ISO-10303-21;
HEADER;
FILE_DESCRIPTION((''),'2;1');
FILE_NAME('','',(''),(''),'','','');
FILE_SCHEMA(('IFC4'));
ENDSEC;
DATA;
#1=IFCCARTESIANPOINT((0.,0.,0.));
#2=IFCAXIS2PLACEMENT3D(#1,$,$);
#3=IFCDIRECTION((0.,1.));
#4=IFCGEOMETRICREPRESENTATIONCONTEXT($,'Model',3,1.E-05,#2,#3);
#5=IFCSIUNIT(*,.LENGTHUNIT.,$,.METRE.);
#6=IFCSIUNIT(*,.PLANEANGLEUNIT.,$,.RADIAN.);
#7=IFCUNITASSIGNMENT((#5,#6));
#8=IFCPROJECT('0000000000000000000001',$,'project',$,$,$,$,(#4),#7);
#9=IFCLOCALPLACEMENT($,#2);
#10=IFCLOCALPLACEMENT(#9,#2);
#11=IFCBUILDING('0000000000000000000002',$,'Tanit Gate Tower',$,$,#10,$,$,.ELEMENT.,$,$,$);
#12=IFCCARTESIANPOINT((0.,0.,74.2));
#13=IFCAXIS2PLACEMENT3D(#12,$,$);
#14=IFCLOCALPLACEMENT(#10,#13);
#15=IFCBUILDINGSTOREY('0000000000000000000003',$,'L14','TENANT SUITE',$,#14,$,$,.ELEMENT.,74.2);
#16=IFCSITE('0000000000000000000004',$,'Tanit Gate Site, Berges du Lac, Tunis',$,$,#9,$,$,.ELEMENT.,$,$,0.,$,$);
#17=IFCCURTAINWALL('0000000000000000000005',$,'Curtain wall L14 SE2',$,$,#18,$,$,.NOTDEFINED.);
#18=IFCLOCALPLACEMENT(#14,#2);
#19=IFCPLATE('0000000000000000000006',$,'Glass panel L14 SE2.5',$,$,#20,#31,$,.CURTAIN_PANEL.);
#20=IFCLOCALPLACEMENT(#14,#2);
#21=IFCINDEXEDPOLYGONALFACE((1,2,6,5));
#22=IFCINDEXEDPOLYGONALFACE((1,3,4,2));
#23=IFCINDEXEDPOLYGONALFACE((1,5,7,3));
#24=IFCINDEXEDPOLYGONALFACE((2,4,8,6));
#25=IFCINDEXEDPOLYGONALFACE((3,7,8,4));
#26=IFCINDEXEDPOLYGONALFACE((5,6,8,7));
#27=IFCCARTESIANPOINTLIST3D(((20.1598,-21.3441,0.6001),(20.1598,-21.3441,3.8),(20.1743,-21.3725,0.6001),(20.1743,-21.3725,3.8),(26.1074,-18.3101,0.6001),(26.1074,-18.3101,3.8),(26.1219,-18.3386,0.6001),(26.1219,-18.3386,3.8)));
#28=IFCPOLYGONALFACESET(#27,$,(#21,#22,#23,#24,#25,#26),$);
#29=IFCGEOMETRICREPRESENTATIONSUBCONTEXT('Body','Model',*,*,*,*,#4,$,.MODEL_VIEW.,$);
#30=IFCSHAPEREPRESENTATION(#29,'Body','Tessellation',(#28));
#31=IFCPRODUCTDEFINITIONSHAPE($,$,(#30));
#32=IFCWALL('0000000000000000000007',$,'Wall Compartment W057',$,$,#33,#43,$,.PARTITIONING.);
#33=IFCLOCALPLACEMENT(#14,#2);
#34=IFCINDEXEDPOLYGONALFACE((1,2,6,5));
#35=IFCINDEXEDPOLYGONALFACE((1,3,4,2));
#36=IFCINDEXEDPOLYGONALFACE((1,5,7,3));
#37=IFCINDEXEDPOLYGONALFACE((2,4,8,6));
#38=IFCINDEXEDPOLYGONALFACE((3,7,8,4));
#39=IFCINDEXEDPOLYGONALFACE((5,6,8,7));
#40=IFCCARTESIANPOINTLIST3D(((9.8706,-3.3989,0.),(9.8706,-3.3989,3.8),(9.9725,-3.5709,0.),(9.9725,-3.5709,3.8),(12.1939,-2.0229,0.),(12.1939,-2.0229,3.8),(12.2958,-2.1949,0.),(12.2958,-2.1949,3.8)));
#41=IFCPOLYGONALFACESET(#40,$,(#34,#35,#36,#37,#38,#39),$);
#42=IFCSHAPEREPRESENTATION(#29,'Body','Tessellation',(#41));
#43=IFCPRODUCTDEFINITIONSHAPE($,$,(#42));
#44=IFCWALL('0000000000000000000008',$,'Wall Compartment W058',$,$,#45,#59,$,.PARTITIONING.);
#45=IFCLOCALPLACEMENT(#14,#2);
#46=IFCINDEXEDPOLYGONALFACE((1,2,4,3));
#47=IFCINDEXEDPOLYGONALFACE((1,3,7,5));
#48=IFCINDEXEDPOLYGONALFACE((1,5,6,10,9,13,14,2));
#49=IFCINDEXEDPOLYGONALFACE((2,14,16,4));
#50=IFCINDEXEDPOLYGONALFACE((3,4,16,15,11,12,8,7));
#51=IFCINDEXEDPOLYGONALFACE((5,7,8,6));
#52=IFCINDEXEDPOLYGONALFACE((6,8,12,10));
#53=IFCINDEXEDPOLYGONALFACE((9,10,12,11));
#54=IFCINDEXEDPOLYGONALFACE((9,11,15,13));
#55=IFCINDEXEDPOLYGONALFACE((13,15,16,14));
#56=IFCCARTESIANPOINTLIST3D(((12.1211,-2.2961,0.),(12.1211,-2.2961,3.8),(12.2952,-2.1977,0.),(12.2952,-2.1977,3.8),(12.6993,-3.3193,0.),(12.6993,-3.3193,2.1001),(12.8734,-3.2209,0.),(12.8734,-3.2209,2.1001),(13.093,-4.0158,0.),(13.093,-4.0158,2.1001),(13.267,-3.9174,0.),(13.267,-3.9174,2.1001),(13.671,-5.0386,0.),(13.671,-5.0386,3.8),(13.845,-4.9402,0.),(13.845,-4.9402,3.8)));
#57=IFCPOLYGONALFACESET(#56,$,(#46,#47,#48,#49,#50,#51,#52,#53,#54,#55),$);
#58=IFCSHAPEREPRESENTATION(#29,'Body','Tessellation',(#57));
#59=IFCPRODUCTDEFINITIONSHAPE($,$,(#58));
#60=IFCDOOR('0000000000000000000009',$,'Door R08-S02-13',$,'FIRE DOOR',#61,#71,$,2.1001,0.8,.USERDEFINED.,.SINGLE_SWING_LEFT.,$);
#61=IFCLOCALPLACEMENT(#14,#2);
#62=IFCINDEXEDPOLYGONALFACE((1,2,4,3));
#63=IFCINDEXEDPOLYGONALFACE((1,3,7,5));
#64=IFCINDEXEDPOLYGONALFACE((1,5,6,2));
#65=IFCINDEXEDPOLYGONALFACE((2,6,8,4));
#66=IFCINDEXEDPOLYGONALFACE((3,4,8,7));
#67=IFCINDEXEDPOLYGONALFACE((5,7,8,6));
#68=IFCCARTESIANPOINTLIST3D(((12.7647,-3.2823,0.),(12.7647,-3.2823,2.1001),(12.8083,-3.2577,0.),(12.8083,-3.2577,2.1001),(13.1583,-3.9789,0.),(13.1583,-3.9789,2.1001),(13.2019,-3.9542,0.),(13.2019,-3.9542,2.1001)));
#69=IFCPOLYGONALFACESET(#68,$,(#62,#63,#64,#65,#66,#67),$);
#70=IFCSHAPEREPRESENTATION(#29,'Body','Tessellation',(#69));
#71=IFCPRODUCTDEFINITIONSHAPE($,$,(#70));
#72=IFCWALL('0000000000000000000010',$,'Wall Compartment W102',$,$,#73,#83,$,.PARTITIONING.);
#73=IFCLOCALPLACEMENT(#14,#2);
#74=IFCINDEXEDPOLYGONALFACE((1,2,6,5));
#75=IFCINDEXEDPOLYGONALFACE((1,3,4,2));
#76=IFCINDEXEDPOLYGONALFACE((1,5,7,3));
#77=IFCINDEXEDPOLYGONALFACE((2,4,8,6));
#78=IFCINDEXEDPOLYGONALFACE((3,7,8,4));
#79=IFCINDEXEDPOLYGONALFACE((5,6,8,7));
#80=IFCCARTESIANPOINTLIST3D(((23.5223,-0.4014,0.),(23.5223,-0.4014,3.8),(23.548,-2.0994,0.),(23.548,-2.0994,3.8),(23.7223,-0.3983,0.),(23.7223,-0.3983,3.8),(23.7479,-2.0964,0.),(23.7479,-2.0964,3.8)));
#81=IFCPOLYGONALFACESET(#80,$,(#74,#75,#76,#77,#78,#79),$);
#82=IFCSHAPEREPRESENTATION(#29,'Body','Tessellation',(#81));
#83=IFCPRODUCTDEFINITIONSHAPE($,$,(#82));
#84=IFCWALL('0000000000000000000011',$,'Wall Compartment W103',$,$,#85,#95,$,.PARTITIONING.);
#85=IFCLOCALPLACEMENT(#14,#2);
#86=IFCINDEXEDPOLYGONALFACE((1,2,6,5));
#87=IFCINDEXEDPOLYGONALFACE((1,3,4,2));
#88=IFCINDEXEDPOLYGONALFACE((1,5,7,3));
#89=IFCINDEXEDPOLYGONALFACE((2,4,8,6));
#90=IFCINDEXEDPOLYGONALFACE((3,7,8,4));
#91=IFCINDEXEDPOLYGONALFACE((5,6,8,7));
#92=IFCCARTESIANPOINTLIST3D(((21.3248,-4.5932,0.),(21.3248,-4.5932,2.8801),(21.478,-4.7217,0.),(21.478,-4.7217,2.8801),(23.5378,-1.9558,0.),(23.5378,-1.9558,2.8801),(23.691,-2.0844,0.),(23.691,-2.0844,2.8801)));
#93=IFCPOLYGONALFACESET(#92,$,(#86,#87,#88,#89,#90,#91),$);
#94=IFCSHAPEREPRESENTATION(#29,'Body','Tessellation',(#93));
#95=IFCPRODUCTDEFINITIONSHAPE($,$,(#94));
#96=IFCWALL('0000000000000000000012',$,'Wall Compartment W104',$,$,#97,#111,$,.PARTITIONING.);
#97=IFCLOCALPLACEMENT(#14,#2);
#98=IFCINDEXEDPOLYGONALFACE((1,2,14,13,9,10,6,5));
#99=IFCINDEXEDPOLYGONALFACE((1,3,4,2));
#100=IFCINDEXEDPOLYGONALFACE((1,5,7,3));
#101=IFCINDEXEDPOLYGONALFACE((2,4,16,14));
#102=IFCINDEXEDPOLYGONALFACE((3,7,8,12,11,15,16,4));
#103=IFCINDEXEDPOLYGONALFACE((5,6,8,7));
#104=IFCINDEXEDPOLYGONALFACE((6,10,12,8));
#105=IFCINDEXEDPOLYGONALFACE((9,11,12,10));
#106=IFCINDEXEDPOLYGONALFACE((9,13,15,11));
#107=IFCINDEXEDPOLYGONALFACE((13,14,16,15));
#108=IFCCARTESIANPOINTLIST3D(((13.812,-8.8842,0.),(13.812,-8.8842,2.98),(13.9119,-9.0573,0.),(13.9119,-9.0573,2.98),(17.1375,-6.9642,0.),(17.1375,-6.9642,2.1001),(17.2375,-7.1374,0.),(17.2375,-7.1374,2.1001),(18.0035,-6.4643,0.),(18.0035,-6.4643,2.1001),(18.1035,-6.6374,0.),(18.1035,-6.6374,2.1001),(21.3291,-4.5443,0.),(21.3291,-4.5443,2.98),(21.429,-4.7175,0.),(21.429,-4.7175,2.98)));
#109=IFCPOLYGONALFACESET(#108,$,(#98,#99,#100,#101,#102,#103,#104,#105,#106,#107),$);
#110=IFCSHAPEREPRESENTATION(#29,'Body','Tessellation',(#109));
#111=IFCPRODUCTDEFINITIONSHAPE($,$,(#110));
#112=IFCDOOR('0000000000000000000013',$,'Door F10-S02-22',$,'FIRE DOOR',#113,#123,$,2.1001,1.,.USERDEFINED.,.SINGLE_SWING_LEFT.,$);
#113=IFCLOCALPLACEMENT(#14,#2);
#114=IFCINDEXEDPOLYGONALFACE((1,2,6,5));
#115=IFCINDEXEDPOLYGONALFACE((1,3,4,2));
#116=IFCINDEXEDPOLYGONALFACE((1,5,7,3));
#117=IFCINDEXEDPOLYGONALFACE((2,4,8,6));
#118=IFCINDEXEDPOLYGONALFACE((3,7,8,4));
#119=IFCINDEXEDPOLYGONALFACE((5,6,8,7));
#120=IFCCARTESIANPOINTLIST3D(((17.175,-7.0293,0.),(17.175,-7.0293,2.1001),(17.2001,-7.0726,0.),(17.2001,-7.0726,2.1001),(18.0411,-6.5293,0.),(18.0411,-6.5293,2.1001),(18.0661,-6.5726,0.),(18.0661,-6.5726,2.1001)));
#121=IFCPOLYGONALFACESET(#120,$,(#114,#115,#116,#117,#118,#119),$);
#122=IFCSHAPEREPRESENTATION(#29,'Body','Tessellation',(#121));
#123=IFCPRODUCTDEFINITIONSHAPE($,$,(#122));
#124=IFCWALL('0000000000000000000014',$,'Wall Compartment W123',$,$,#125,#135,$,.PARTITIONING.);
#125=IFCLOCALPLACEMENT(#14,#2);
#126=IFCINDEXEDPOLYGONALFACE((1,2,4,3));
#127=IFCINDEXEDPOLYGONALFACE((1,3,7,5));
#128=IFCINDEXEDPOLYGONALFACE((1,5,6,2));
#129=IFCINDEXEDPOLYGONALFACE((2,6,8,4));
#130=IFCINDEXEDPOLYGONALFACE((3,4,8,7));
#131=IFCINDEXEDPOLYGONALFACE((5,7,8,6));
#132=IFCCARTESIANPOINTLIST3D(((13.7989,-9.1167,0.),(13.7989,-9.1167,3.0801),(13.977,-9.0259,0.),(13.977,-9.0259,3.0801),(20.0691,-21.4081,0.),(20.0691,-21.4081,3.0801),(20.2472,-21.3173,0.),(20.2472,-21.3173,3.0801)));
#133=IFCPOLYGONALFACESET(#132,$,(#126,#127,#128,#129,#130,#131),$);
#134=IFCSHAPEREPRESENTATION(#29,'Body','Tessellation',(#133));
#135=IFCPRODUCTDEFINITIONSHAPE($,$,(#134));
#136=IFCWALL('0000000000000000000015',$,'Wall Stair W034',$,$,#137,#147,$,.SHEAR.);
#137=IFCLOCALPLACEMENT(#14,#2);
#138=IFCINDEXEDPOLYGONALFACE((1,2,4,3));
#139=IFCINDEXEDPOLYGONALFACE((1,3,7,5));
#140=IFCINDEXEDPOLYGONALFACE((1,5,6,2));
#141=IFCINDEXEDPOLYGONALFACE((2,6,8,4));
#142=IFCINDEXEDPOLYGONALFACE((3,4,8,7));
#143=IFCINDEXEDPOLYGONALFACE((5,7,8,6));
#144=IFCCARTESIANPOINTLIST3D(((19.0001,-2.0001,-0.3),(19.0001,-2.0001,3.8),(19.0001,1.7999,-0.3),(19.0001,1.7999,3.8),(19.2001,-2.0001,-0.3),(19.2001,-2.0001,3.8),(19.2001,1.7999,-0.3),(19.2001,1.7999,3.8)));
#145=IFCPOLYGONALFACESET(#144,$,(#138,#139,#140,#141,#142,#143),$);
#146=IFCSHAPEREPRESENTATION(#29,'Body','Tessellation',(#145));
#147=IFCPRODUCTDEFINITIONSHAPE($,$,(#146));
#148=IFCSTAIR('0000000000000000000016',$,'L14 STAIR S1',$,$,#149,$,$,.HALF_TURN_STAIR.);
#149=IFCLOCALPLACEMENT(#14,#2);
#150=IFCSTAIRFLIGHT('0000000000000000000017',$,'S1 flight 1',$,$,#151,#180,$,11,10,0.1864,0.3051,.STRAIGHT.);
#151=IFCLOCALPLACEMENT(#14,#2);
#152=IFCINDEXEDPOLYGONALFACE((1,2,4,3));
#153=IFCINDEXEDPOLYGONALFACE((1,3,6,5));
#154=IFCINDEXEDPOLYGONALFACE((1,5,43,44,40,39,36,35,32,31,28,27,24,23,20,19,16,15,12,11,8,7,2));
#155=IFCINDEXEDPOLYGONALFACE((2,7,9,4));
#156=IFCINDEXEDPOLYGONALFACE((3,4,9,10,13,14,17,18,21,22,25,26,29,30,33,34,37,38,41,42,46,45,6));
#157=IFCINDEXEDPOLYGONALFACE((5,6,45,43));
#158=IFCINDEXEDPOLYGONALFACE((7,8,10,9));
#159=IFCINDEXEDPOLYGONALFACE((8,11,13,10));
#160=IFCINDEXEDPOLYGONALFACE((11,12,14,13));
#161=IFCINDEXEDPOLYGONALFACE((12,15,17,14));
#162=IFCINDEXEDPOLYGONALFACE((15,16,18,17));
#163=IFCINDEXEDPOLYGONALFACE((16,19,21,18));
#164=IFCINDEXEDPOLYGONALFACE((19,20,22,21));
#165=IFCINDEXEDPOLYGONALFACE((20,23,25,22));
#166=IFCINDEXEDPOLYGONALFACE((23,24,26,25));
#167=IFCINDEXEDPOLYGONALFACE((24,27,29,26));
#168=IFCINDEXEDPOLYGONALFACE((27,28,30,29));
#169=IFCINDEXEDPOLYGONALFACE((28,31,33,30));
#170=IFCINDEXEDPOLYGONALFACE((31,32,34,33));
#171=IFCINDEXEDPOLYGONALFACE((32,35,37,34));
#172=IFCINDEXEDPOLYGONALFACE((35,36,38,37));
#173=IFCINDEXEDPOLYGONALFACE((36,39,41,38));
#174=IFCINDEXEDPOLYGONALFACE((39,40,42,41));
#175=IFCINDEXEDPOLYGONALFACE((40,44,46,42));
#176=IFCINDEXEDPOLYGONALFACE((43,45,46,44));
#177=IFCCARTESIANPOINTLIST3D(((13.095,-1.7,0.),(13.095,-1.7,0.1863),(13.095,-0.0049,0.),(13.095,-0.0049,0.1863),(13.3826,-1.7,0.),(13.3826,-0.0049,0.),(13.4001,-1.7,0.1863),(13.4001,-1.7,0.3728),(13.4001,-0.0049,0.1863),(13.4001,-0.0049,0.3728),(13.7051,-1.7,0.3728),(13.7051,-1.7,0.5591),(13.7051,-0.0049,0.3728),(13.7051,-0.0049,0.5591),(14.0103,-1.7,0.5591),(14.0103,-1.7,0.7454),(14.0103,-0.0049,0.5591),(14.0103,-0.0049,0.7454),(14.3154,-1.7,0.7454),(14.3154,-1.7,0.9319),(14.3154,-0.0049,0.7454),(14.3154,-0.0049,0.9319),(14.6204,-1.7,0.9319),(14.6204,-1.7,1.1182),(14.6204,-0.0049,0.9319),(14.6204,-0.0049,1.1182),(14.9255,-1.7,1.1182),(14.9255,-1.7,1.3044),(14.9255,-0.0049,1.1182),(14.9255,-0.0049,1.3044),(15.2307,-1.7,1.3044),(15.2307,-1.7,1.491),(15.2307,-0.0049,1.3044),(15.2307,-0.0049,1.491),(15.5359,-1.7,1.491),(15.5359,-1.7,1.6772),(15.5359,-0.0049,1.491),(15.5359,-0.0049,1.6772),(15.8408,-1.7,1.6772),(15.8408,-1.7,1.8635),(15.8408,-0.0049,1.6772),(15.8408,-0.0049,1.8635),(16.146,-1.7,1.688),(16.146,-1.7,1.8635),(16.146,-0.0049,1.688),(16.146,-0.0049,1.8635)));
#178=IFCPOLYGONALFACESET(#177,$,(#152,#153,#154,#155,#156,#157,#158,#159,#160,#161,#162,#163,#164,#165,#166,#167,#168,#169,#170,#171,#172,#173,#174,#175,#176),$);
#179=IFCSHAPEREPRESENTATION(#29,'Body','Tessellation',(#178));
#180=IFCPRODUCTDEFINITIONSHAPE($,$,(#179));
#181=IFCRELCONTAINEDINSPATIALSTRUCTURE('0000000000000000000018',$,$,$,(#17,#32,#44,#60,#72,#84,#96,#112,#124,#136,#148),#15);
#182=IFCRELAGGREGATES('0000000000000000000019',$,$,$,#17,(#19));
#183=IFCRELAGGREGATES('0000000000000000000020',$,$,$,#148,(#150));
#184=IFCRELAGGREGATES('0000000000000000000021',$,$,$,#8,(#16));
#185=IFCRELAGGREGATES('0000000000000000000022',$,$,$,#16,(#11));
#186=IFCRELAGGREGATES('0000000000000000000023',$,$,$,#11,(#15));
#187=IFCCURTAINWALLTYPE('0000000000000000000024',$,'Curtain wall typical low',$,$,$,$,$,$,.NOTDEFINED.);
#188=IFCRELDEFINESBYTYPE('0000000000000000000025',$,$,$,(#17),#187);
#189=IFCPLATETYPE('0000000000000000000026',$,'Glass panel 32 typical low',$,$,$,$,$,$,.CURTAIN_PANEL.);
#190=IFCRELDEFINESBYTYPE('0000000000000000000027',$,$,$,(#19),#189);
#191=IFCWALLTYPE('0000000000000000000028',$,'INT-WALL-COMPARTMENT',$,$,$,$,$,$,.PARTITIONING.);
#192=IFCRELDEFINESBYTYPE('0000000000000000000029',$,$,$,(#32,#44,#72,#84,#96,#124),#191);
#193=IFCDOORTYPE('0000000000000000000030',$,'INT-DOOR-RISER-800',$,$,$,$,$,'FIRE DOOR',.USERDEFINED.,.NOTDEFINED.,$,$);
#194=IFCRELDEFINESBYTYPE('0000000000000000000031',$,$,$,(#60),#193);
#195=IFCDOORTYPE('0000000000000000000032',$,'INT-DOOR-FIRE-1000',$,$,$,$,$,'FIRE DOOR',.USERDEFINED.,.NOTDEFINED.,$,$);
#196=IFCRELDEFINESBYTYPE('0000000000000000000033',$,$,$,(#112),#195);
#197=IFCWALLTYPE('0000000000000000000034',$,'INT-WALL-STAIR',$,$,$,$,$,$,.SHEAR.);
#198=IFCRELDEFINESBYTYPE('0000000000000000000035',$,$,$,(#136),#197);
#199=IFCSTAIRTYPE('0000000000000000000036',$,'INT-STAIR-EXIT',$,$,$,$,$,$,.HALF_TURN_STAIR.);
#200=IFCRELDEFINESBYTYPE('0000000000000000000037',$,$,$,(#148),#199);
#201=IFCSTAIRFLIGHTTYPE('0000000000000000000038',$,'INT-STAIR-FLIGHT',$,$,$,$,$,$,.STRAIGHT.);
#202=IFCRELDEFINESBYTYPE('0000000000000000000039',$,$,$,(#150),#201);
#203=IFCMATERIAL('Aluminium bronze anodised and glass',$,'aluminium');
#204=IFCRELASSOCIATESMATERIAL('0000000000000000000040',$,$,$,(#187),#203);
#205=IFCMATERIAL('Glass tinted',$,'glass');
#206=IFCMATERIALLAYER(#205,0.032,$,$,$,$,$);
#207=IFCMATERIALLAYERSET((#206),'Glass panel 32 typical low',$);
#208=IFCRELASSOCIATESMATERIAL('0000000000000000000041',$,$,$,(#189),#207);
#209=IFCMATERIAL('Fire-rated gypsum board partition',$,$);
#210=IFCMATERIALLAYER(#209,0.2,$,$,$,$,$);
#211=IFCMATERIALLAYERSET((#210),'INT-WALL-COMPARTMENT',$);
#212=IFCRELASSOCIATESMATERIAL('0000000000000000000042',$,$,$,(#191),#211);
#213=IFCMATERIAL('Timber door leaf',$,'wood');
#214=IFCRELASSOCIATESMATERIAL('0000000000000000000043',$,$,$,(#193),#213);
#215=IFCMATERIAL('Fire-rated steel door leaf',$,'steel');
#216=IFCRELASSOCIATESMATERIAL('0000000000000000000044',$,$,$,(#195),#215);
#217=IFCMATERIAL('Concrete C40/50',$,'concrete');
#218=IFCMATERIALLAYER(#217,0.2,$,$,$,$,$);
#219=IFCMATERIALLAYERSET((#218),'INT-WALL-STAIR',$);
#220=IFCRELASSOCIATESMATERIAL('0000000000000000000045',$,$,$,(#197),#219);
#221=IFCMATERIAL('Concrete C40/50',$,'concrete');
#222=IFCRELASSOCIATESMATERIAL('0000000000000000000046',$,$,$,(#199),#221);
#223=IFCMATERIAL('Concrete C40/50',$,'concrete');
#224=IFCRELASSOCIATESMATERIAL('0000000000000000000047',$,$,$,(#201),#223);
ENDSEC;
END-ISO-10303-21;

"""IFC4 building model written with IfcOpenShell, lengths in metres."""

from ifc_helpers import new_model, si_unit, direction, frame, frame_2d, origin, origin_2d, place, context, subcontext, project, spatial, polyline, rectangle, outline, extrude, material, layer, layer_set, type_object, element, fill, aggregate, save


model = new_model("IFC4")

# Units and contexts
model_context = context("Model", 3, precision=1e-05, world=origin(), true_north=direction((0.0, 1.0)))
body_context = subcontext(model_context, "Body", "Model", "MODEL_VIEW")
ifc_project = project(units=[si_unit("LENGTHUNIT", "METRE"), si_unit("PLANEANGLEUNIT", "RADIAN")], contexts=[model_context])

# Site, building, storey
site_placement = place(None, origin())
site = spatial("IfcSite", under=ifc_project, at=site_placement, Name="Tanit Gate Site, Berges du Lac, Tunis", CompositionType="ELEMENT", RefElevation=0.0)
building_placement = place(site_placement, origin())
building = spatial("IfcBuilding", under=site, at=building_placement, Name="Tanit Gate Tower", CompositionType="ELEMENT")
storey_placement = place(building_placement, frame((0.0, 0.0, 74.2)))
storey = spatial("IfcBuildingStorey", under=building, at=storey_placement, Name="L14", Description="TENANT SUITE", CompositionType="ELEMENT", Elevation=74.2)

# Curtain wall
ifc_material_1 = material(Name="Aluminium bronze anodised and glass", Category="aluminium")
curtain_wall_type = type_object("IfcCurtainWallType", Name="Curtain wall typical low", PredefinedType="NOTDEFINED", material=ifc_material_1)
curtain_wall_placement = place(storey_placement, origin())
curtain_wall = element("IfcCurtainWall", 1, at=curtain_wall_placement, inside=storey, type_object=curtain_wall_type, Name="Curtain wall L14 SE2", PredefinedType="NOTDEFINED")

# Plate
ifc_material_2 = material(Name="Glass tinted", Category="glass")
ifc_layer_1 = layer(ifc_material_2, 0.032)
ifc_layer_set_1 = layer_set([ifc_layer_1], Name="Glass panel 32 typical low")
plate_type = type_object("IfcPlateType", Name="Glass panel 32 typical low", PredefinedType="CURTAIN_PANEL", material=ifc_layer_set_1)
plate_1_placement = place(storey_placement, frame((23.1409, -19.8413, 0.6001), z_axis=(0.0, 0.0, 1.0), x_axis=(0.890792, 0.454411, 0.0)))
plate_1 = element("IfcPlate", 2, at=plate_1_placement, type_object=plate_type, Name="Glass panel L14 SE2.5", PredefinedType="CURTAIN_PANEL", context=body_context, shape_type="SweptSolid", body=[
    extrude(rectangle(XDim=6.6768, YDim=0.032, at=origin_2d()), origin(), (0.0, 0.0, 1.0), 3.2),
])
aggregate(curtain_wall, [plate_1])

# Wall
ifc_material_3 = material(Name="Fire-rated gypsum board partition")
ifc_layer_2 = layer(ifc_material_3, 0.2)
ifc_layer_set_2 = layer_set([ifc_layer_2], Name="INT-WALL-COMPARTMENT")
wall_type_1 = type_object("IfcWallType", Name="INT-WALL-COMPARTMENT", PredefinedType="PARTITIONING", material=ifc_layer_set_2)
wall_1_placement = place(storey_placement, frame((12.2449, -2.1089, 0.0), z_axis=(0.0, 0.0, 1.0), x_axis=(-0.860415, -0.509594, 0.0)))
element("IfcWall", 3, at=wall_1_placement, inside=storey, type_object=wall_type_1, Name="Wall Compartment W057", PredefinedType="PARTITIONING", context=body_context, shape_type="SweptSolid", body=[
    extrude(rectangle(XDim=2.7002, YDim=0.2, at=frame_2d((1.3501, 0.0))), origin(), (0.0, 0.0, 1.0), 3.8),
])

# Wall, opening, door
wall_2_placement = place(storey_placement, frame((13.7581, -4.9895, 0.0), z_axis=(0.0, 0.0, 1.0), x_axis=(-0.491993, 0.870599, 0.0)))
wall_2 = element("IfcWall", 4, at=wall_2_placement, inside=storey, type_object=wall_type_1, Name="Wall Compartment W058", PredefinedType="PARTITIONING", context=body_context, shape_type="SweptSolid", body=[
    extrude(rectangle(XDim=3.1501, YDim=0.2, at=frame_2d((1.5752, 0.0))), origin(), (0.0, 0.0, 1.0), 3.8),
])
opening_1_placement = place(wall_2_placement, frame((1.175, 0.0, 0.0)))
opening_1 = element("IfcOpeningElement", 5, at=opening_1_placement, cuts=wall_2, PredefinedType="OPENING", context=body_context, shape_type="SweptSolid", body=[
    extrude(rectangle(XDim=0.8, YDim=2.1001, at=frame_2d((0.3999, 1.05))), frame((0.0, 0.1099, 0.0), z_axis=(0.0, -1.0, 0.0), x_axis=(1.0, 0.0, 0.0)), (0.0, 0.0, 1.0), 0.22),
])
ifc_material_4 = material(Name="Timber door leaf", Category="wood")
door_type_1 = type_object("IfcDoorType", Name="INT-DOOR-RISER-800", ElementType="FIRE DOOR", OperationType="NOTDEFINED", PredefinedType="USERDEFINED", material=ifc_material_4)
door_1_placement = place(opening_1_placement, origin())
door_1 = element("IfcDoor", 6, at=door_1_placement, inside=storey, type_object=door_type_1, Name="Door R08-S02-13", ObjectType="FIRE DOOR", OperationType="SINGLE_SWING_LEFT", OverallHeight=2.1001, OverallWidth=0.8, PredefinedType="USERDEFINED", context=body_context, shape_type="SweptSolid", body=[
    extrude(rectangle(XDim=0.8, YDim=2.1001, at=frame_2d((0.3999, 1.05))), frame((0.0, 0.0249, 0.0), z_axis=(0.0, -1.0, 0.0), x_axis=(1.0, 0.0, 0.0)), (0.0, 0.0, 1.0), 0.05),
])
fill(opening_1, door_1)

# Walls
wall_3_placement = place(storey_placement, frame((23.6479, -2.0979, 0.0), z_axis=(0.0, 0.0, 1.0), x_axis=(-0.015095, 0.999886, 0.0)))
element("IfcWall", 7, at=wall_3_placement, inside=storey, type_object=wall_type_1, Name="Wall Compartment W102", PredefinedType="PARTITIONING", context=body_context, shape_type="SweptSolid", body=[
    extrude(rectangle(XDim=1.6982, YDim=0.2, at=frame_2d((0.8491, 0.0))), origin(), (0.0, 0.0, 1.0), 3.8),
])
wall_4_placement = place(storey_placement, frame((21.4014, -4.6575, 0.0), z_axis=(0.0, 0.0, 1.0), x_axis=(0.642796, 0.766037, 0.0)))
element("IfcWall", 8, at=wall_4_placement, inside=storey, type_object=wall_type_1, Name="Wall Compartment W103", PredefinedType="PARTITIONING", context=body_context, shape_type="SweptSolid", body=[
    extrude(rectangle(XDim=3.4429, YDim=0.2, at=frame_2d((1.7214, 0.0))), origin(), (0.0, 0.0, 1.0), 2.8801),
])

# Wall, opening, door
wall_5_placement = place(storey_placement, frame((13.8621, -8.9707, 0.0), z_axis=(0.0, 0.0, 1.0), x_axis=(0.866033, 0.499987, 0.0)))
wall_5 = element("IfcWall", 9, at=wall_5_placement, inside=storey, type_object=wall_type_1, Name="Wall Compartment W104", PredefinedType="PARTITIONING", context=body_context, shape_type="SweptSolid", body=[
    extrude(rectangle(XDim=8.6799, YDim=0.2, at=frame_2d((4.3398, 0.0))), origin(), (0.0, 0.0, 1.0), 2.98),
])
opening_2_placement = place(wall_5_placement, frame((3.8398, 0.0, 0.0)))
opening_2 = element("IfcOpeningElement", 10, at=opening_2_placement, cuts=wall_5, PredefinedType="OPENING", context=body_context, shape_type="SweptSolid", body=[
    extrude(rectangle(XDim=1.0, YDim=2.1001, at=frame_2d((0.5, 1.05))), frame((0.0, 0.1099, 0.0), z_axis=(0.0, -1.0, 0.0), x_axis=(1.0, 0.0, 0.0)), (0.0, 0.0, 1.0), 0.22),
])
ifc_material_5 = material(Name="Fire-rated steel door leaf", Category="steel")
door_type_2 = type_object("IfcDoorType", Name="INT-DOOR-FIRE-1000", ElementType="FIRE DOOR", OperationType="NOTDEFINED", PredefinedType="USERDEFINED", material=ifc_material_5)
door_2_placement = place(opening_2_placement, origin())
door_2 = element("IfcDoor", 11, at=door_2_placement, inside=storey, type_object=door_type_2, Name="Door F10-S02-22", ObjectType="FIRE DOOR", OperationType="SINGLE_SWING_LEFT", OverallHeight=2.1001, OverallWidth=1.0, PredefinedType="USERDEFINED", context=body_context, shape_type="SweptSolid", body=[
    extrude(rectangle(XDim=1.0, YDim=2.1001, at=frame_2d((0.5, 1.05))), frame((0.0, 0.0249, 0.0), z_axis=(0.0, -1.0, 0.0), x_axis=(1.0, 0.0, 0.0)), (0.0, 0.0, 1.0), 0.05),
])
fill(opening_2, door_2)

# Walls
wall_6_placement = place(storey_placement, frame((13.8879, -9.0713, 0.0), z_axis=(0.0, 0.0, 1.0), x_axis=(0.454418, -0.890789, 0.0)))
element("IfcWall", 12, at=wall_6_placement, inside=storey, type_object=wall_type_1, Name="Wall Compartment W123", PredefinedType="PARTITIONING", context=body_context, shape_type="SweptSolid", body=[
    extrude(rectangle(XDim=13.7983, YDim=0.2, at=frame_2d((6.8992, 0.0))), origin(), (0.0, 0.0, 1.0), 3.0801),
])
ifc_material_6 = material(Name="Concrete C40/50", Category="concrete")
ifc_layer_3 = layer(ifc_material_6, 0.2)
ifc_layer_set_3 = layer_set([ifc_layer_3], Name="INT-WALL-STAIR")
wall_type_2 = type_object("IfcWallType", Name="INT-WALL-STAIR", PredefinedType="SHEAR", material=ifc_layer_set_3)
wall_7_placement = place(storey_placement, frame((19.1001, -2.0, -0.3), z_axis=(0.0, 0.0, 1.0), x_axis=(0.0, 1.0, 0.0)))
element("IfcWall", 13, at=wall_7_placement, inside=storey, type_object=wall_type_2, Name="Wall Stair W034", PredefinedType="SHEAR", context=body_context, shape_type="SweptSolid", body=[
    extrude(rectangle(XDim=3.8, YDim=0.2, at=frame_2d((1.8999, 0.0))), origin(), (0.0, 0.0, 1.0), 4.1001),
])

# Stair, stair flight
ifc_material_7 = material(Name="Concrete C40/50", Category="concrete")
stair_type = type_object("IfcStairType", Name="INT-STAIR-EXIT", PredefinedType="HALF_TURN_STAIR", material=ifc_material_7)
stair_placement = place(storey_placement, origin())
stair = element("IfcStair", 14, at=stair_placement, inside=storey, type_object=stair_type, Name="L14 STAIR S1", PredefinedType="HALF_TURN_STAIR")
ifc_material_8 = material(Name="Concrete C40/50", Category="concrete")
stair_flight_type = type_object("IfcStairFlightType", Name="INT-STAIR-FLIGHT", PredefinedType="STRAIGHT", material=ifc_material_8)
stair_flight_placement = place(storey_placement, frame((13.095, -0.8525, 0.0), z_axis=(0.0, 0.0, 1.0), x_axis=(1.0, 0.0, 0.0)))
stair_flight = element("IfcStairFlight", 15, at=stair_flight_placement, type_object=stair_flight_type, Name="S1 flight 1", NumberOfRisers=11, NumberOfTreads=10, PredefinedType="STRAIGHT", RiserHeight=0.1864, TreadLength=0.3051, context=body_context, shape_type="SweptSolid", body=[
    extrude(outline(polyline([(0.0, 0.0), (0.0, 0.1863), (0.3052, 0.1863), (0.3052, 0.3728), (0.6101, 0.3728), (0.6101, 0.5591), (0.9153, 0.5591), (0.9153, 0.7454), (1.2205, 0.7454), (1.2205, 0.9319), (1.5254, 0.9319), (1.5254, 1.1182), (1.8306, 1.1182), (1.8306, 1.3044), (2.1357, 1.3044), (2.1357, 1.491), (2.4409, 1.491), (2.4409, 1.6772), (2.7458, 1.6772), (2.7458, 1.8635), (3.051, 1.8635), (3.051, 2.05), (3.051, 1.688), (0.2876, 0.0), (0.0, 0.0)])), frame((0.0, 0.8477, 0.0), z_axis=(0.0, -1.0, 0.0), x_axis=(1.0, 0.0, 0.0)), (0.0, 0.0, 1.0), 1.6951),
])
aggregate(stair, [stair_flight])

save(model, "model.ifc")
